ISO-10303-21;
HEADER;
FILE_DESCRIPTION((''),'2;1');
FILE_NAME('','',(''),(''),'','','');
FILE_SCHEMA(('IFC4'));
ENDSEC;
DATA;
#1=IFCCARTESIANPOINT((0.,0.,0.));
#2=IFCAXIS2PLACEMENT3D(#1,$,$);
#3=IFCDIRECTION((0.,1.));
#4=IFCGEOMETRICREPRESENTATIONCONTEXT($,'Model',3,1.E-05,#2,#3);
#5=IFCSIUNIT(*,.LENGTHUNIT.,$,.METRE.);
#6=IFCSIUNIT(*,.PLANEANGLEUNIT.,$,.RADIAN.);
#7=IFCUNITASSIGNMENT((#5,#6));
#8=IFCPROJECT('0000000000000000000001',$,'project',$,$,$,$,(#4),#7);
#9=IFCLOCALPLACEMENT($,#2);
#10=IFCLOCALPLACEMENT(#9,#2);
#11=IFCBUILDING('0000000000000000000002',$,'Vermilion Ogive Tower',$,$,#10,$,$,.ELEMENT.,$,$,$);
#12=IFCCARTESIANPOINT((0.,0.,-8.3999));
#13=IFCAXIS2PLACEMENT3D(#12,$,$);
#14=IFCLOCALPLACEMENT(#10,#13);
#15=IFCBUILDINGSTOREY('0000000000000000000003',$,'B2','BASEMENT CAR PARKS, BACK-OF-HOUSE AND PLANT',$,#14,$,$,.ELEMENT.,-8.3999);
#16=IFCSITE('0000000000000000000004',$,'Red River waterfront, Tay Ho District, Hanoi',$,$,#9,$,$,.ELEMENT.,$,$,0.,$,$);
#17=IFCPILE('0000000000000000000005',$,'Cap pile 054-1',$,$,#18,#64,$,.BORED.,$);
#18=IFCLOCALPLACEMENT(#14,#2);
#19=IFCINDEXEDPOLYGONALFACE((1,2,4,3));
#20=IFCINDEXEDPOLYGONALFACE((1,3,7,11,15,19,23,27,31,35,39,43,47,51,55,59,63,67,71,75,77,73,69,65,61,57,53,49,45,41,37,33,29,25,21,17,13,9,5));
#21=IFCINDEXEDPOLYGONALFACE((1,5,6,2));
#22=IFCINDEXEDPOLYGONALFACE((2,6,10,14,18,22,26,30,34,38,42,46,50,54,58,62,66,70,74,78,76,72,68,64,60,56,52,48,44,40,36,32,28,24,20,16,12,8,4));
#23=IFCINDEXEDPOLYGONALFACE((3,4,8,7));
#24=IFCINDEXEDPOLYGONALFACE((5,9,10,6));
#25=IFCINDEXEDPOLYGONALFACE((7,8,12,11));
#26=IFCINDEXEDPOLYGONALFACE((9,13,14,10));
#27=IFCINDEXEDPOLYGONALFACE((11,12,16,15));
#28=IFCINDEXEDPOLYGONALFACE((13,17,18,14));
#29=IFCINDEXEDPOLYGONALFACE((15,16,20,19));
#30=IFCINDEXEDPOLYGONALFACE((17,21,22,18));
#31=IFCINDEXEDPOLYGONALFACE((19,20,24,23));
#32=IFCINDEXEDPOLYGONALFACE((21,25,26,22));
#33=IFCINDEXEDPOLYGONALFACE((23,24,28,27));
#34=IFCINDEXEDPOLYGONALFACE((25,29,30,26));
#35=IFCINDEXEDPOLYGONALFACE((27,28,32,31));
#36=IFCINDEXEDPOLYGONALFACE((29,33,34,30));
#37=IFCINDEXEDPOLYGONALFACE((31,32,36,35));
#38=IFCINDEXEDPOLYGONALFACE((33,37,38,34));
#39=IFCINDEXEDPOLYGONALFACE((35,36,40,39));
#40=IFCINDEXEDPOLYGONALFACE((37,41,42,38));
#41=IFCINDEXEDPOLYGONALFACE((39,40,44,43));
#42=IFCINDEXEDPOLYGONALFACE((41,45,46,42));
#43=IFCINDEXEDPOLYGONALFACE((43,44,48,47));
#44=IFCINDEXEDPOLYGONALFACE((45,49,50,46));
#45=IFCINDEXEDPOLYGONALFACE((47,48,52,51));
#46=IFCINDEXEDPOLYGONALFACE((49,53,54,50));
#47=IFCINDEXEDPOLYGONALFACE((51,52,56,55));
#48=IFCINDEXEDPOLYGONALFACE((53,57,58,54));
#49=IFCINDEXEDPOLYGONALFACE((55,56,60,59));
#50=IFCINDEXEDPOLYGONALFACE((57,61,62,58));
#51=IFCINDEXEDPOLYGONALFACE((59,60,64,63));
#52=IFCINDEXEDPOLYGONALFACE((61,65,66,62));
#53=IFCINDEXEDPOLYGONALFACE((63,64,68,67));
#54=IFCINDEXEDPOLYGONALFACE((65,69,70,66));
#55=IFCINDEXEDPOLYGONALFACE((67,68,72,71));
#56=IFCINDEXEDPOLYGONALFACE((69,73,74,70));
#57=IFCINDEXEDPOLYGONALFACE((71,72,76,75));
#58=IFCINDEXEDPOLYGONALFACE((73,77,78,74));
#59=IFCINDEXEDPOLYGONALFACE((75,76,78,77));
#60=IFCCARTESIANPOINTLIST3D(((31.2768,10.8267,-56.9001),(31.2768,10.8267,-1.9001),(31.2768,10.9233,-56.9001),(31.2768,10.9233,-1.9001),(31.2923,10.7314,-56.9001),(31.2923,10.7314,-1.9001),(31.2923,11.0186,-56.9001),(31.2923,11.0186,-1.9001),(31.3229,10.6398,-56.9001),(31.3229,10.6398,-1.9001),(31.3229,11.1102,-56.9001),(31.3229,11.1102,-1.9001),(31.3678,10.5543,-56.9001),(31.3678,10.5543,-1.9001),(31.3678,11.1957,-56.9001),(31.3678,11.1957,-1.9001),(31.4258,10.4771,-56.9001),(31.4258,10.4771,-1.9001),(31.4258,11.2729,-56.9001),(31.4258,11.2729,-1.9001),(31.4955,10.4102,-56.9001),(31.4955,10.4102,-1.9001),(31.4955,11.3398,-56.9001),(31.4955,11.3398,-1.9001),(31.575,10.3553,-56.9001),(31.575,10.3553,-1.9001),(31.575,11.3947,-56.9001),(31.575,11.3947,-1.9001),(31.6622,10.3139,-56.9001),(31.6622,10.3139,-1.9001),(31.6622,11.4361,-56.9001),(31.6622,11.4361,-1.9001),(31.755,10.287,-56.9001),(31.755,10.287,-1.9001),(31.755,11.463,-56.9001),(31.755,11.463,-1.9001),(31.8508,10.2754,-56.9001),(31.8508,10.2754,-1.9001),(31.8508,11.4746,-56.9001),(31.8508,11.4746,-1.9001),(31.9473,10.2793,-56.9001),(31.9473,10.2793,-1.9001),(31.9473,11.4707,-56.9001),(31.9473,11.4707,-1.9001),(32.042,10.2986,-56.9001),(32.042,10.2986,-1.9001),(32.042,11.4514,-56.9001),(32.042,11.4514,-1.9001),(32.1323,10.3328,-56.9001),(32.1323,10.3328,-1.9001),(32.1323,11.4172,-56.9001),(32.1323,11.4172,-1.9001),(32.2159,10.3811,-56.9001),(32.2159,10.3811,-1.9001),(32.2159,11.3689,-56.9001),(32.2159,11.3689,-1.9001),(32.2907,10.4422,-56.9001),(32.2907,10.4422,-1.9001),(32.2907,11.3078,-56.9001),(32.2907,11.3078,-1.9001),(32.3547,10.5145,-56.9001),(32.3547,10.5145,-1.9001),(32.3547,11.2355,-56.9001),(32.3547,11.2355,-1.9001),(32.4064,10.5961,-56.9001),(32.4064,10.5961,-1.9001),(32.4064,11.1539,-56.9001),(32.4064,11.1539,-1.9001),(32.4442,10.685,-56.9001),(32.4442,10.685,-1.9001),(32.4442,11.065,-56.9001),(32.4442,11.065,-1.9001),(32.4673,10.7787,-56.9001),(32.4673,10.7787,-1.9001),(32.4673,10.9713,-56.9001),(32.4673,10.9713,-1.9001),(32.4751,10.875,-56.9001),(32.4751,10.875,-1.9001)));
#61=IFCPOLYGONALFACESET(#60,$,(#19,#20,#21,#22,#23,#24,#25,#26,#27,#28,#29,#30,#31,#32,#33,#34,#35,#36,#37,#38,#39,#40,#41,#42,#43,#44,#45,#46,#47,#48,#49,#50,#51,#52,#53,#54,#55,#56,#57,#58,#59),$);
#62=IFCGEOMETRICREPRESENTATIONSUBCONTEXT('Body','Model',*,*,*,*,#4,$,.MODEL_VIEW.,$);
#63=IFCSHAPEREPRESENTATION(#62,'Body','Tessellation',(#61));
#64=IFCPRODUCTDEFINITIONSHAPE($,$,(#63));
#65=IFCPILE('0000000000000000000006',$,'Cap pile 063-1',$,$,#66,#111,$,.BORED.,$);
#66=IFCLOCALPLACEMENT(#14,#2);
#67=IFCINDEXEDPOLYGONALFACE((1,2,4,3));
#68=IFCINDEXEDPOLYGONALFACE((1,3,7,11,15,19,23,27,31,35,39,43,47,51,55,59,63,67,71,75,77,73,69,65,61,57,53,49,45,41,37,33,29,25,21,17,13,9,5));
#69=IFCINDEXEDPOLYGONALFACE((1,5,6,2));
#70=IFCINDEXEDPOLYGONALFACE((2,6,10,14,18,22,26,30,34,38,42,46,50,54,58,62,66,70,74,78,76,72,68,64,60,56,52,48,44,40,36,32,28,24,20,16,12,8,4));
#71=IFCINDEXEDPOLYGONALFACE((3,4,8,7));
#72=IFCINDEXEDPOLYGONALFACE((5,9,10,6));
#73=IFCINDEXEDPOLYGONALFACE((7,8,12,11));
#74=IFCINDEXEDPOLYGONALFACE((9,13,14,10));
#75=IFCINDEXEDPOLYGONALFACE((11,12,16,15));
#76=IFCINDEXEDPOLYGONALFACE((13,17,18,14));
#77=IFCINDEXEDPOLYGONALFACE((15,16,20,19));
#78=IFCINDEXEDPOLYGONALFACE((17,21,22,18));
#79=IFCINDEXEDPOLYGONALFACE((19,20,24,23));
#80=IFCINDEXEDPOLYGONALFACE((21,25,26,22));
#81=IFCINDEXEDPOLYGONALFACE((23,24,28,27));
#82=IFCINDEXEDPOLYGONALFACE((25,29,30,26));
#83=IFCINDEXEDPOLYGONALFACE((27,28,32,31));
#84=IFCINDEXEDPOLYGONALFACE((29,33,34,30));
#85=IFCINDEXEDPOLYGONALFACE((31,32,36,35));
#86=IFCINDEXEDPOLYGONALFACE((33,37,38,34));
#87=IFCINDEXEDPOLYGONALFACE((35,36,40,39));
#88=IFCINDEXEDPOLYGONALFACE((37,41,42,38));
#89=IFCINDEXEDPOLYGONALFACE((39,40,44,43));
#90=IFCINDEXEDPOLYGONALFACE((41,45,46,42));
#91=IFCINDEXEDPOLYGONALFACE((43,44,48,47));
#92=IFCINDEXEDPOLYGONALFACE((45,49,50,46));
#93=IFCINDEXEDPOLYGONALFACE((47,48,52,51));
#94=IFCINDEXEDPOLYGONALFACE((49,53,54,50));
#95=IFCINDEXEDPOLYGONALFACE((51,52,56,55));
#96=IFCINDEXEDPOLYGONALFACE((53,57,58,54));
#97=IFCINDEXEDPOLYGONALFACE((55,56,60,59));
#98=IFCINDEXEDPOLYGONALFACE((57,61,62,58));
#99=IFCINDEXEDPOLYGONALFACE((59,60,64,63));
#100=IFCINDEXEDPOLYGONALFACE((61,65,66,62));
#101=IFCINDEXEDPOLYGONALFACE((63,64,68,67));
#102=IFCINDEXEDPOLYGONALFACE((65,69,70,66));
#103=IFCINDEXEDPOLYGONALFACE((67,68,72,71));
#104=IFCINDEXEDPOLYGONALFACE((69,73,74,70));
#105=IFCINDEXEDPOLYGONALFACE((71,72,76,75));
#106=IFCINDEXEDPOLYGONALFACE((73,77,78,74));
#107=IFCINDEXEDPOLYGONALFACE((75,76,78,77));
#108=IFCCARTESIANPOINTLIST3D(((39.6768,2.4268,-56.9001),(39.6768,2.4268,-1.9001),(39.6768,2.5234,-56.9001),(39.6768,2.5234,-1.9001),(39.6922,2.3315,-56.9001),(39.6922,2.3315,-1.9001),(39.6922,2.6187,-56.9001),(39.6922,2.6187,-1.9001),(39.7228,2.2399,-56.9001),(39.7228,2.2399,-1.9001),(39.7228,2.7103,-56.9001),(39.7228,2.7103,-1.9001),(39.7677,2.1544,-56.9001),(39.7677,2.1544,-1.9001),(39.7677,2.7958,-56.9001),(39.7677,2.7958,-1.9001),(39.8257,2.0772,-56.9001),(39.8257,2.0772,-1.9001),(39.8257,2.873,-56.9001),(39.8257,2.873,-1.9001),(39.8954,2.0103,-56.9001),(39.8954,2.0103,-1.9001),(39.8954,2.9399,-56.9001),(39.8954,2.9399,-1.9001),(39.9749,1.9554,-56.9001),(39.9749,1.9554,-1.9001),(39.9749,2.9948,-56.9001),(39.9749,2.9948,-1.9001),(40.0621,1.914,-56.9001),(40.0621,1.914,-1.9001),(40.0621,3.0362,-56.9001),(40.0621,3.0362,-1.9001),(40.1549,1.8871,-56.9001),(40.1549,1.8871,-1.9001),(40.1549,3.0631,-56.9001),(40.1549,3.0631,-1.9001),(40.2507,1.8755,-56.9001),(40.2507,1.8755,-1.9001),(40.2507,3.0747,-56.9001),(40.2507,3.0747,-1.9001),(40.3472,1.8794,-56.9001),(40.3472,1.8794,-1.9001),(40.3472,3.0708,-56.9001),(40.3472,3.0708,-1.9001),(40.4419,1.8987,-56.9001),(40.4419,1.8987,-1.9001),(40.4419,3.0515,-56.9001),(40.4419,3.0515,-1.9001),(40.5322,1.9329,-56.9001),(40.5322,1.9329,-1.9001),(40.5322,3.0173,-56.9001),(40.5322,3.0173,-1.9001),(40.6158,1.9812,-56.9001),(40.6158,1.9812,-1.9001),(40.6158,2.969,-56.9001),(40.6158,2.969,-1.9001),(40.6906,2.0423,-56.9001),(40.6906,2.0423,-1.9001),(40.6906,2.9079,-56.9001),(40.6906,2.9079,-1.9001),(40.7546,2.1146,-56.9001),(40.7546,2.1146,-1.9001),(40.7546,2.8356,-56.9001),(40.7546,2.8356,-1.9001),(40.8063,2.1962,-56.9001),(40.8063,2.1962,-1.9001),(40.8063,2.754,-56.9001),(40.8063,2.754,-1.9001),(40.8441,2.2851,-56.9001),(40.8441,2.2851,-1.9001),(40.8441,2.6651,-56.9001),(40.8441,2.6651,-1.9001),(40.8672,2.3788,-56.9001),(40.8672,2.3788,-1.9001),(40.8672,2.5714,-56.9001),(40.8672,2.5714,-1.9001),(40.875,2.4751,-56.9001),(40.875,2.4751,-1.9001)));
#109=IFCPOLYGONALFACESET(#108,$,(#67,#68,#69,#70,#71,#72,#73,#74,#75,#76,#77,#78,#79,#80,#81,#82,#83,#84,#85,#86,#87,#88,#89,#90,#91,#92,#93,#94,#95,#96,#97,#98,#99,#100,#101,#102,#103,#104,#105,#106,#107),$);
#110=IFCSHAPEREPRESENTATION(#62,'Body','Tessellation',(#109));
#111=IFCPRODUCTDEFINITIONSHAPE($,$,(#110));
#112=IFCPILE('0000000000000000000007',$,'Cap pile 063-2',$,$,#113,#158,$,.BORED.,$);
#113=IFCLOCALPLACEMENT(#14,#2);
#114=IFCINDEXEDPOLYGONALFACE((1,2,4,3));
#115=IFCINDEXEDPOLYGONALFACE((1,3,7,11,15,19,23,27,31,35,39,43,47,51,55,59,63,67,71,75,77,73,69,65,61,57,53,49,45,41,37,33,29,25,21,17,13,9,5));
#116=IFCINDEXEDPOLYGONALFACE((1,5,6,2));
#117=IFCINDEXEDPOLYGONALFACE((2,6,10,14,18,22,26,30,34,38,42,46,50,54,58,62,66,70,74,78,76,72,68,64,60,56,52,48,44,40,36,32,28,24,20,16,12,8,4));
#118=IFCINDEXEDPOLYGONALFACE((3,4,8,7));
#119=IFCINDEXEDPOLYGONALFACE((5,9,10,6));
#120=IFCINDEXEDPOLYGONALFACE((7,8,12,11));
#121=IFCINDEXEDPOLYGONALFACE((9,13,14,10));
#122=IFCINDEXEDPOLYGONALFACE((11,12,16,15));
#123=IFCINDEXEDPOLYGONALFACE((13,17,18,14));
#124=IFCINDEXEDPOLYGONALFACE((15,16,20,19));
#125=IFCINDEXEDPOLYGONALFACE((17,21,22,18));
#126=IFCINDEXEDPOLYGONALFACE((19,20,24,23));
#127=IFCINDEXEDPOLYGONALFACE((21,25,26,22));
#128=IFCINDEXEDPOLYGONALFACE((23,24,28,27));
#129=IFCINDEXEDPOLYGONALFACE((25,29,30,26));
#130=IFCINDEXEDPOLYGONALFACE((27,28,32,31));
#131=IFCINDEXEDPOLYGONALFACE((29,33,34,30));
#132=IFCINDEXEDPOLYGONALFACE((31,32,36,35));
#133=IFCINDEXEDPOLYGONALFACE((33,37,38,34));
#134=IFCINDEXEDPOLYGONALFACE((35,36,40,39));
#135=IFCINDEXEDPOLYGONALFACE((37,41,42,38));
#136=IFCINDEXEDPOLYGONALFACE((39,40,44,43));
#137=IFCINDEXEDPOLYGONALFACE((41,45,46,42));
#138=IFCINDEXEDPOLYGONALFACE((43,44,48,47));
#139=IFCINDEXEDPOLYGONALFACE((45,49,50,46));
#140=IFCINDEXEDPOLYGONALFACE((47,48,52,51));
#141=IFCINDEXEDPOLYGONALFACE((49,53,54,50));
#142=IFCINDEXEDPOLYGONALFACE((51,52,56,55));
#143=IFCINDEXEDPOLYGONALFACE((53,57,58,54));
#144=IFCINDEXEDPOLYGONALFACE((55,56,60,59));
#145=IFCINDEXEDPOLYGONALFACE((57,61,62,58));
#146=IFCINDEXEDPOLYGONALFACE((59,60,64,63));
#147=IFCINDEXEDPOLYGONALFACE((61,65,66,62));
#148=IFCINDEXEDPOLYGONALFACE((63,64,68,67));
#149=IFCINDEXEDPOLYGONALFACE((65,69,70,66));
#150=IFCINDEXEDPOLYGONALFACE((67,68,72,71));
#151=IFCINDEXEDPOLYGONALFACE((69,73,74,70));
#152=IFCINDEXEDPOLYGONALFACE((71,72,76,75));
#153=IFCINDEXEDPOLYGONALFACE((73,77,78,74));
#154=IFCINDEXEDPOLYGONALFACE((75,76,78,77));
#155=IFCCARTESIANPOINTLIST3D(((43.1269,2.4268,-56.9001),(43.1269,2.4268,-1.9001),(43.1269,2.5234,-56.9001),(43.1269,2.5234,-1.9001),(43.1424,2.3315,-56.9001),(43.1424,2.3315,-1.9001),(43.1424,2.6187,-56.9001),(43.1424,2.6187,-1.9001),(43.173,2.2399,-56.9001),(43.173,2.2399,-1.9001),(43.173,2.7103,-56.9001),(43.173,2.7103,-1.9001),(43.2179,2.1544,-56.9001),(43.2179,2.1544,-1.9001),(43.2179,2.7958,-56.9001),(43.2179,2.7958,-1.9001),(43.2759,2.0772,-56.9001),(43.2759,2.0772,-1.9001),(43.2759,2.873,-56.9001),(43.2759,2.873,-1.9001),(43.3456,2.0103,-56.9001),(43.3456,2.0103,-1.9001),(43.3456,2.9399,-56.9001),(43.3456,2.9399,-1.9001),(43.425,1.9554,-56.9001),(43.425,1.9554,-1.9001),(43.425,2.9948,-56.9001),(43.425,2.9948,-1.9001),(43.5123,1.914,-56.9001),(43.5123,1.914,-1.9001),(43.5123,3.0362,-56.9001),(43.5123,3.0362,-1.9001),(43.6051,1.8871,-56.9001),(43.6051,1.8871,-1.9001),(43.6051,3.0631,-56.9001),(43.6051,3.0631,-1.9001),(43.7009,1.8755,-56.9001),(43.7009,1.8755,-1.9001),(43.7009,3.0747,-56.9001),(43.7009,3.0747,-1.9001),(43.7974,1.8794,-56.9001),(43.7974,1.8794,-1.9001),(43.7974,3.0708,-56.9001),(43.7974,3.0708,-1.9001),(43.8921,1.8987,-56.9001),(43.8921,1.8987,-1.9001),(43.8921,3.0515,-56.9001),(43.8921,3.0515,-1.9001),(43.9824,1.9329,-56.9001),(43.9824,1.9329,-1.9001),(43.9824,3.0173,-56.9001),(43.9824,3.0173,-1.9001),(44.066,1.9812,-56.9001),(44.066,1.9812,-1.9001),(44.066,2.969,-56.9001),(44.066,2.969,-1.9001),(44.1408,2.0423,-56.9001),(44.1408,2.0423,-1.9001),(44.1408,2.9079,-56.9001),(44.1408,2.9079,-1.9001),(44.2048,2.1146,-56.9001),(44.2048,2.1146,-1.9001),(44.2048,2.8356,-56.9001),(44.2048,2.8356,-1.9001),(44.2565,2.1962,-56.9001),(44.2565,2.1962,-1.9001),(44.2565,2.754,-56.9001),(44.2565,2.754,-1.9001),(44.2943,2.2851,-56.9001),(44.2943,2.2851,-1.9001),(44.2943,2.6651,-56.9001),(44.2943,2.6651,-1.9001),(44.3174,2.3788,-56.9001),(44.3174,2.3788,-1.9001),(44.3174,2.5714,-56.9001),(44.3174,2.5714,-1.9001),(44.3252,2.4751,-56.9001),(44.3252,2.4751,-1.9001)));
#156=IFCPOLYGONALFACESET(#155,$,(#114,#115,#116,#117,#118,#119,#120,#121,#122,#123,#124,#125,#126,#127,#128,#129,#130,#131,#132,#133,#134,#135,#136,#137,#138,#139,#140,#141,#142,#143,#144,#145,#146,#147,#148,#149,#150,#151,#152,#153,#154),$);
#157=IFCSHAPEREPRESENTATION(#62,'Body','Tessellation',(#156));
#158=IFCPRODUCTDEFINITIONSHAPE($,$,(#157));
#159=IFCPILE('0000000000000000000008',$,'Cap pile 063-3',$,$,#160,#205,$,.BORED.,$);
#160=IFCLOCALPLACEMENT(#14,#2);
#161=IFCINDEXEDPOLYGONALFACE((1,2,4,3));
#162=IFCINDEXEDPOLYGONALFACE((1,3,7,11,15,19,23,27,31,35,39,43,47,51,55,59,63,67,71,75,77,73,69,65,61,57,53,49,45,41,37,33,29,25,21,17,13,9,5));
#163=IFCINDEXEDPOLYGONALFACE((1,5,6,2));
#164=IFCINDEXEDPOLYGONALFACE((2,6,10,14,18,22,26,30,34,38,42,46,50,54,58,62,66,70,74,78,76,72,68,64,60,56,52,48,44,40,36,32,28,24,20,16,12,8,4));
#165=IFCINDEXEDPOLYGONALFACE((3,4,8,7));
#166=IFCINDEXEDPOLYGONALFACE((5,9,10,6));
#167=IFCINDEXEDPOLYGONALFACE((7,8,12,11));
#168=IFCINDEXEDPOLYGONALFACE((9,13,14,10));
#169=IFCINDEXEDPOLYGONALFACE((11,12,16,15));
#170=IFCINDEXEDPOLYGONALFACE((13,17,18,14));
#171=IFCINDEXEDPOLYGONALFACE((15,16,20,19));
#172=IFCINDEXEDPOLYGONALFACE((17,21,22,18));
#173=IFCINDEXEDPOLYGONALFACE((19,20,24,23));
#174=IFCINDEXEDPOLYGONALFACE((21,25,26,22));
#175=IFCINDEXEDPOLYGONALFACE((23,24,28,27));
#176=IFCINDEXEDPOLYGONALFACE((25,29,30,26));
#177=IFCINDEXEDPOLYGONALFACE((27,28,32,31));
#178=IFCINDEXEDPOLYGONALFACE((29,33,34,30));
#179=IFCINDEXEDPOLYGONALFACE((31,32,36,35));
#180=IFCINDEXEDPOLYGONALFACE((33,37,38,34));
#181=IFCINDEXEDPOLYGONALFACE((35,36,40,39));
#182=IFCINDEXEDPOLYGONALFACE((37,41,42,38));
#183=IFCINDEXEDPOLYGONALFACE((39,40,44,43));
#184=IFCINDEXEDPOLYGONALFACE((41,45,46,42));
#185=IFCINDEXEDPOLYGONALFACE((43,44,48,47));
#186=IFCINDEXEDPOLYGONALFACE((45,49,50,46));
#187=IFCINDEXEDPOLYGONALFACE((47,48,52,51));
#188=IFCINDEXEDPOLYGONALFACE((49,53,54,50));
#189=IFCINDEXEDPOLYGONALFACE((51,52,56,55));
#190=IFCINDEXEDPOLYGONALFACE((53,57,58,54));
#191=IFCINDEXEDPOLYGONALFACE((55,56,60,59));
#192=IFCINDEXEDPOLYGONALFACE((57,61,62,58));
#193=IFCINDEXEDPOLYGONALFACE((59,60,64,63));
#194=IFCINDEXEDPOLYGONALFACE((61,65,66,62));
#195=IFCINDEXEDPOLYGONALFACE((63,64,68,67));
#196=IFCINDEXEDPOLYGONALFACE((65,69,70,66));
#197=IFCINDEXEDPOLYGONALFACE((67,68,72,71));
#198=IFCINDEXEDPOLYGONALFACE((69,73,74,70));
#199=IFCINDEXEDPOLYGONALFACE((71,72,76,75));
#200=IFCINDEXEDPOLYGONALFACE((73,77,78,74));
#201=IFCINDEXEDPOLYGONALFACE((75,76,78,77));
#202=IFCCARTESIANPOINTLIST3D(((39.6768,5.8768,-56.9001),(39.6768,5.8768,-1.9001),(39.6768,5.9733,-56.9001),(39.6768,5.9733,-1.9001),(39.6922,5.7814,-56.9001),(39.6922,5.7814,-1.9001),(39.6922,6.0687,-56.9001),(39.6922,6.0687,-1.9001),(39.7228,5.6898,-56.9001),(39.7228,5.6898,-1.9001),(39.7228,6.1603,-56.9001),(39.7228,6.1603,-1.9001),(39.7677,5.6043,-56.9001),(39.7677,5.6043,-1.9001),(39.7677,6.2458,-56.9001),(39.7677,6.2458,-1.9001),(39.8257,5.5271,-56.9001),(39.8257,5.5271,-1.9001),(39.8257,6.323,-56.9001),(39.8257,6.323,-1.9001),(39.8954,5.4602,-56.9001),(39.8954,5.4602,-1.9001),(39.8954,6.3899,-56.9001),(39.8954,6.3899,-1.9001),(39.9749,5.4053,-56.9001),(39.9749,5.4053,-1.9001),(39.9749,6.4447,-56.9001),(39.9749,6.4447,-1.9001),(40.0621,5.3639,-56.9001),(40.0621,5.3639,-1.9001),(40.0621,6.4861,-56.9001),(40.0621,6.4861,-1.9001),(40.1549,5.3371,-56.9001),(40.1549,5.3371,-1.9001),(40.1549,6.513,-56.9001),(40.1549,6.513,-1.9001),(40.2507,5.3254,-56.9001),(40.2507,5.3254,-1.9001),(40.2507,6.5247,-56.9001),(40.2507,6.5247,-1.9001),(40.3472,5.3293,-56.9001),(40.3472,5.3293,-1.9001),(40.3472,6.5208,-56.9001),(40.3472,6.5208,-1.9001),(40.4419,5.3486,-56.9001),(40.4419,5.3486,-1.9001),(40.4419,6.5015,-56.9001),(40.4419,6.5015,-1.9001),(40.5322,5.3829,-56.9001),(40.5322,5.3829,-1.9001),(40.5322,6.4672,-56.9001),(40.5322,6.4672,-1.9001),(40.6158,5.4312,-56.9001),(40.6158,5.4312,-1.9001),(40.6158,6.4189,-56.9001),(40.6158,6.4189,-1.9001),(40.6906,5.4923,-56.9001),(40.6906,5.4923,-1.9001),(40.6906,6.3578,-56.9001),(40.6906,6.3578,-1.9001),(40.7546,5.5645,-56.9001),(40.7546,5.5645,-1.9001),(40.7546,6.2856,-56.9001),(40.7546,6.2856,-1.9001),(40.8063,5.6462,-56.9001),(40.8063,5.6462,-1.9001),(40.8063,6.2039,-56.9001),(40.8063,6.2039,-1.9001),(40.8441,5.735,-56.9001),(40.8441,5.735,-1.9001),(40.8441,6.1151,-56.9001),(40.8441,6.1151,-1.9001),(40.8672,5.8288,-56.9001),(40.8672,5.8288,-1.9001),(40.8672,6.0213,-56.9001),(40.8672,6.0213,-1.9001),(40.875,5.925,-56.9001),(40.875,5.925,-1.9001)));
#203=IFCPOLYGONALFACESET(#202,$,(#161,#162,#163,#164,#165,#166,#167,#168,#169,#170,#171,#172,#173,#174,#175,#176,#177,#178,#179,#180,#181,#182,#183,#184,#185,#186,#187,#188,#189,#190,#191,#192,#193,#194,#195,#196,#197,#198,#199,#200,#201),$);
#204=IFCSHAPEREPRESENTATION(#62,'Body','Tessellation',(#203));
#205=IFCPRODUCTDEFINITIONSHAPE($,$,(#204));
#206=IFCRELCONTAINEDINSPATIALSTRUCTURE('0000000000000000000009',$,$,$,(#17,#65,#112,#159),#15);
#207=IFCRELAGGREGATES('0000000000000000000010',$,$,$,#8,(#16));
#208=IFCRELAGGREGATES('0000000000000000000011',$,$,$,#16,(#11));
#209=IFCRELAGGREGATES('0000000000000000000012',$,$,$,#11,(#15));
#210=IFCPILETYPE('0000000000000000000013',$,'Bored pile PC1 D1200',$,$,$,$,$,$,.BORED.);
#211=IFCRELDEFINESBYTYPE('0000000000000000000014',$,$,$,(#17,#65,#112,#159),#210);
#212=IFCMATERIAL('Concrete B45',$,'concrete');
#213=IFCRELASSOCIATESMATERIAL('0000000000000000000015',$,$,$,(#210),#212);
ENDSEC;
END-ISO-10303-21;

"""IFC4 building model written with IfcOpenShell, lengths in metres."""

from ifc_helpers import new_model, si_unit, direction, frame, origin, origin_2d, place, context, subcontext, project, spatial, circle, extrude, material, type_object, element, save


model = new_model("IFC4")

# Units and contexts
model_context = context("Model", 3, precision=1e-05, world=origin(), true_north=direction((0.0, 1.0)))
body_context = subcontext(model_context, "Body", "Model", "MODEL_VIEW")
ifc_project = project(units=[si_unit("LENGTHUNIT", "METRE"), si_unit("PLANEANGLEUNIT", "RADIAN")], contexts=[model_context])

# Site, building, storey
site_placement = place(None, origin())
site = spatial("IfcSite", under=ifc_project, at=site_placement, Name="Red River waterfront, Tay Ho District, Hanoi", CompositionType="ELEMENT", RefElevation=0.0)
building_placement = place(site_placement, origin())
building = spatial("IfcBuilding", under=site, at=building_placement, Name="Vermilion Ogive Tower", CompositionType="ELEMENT")
storey_placement = place(building_placement, frame((0.0, 0.0, -8.3999)))
storey = spatial("IfcBuildingStorey", under=building, at=storey_placement, Name="B2", Description="BASEMENT CAR PARKS, BACK-OF-HOUSE AND PLANT", CompositionType="ELEMENT", Elevation=-8.3999)

# Piles
ifc_material_1 = material(Name="Concrete B45", Category="concrete")
pile_type = type_object("IfcPileType", Name="Bored pile PC1 D1200", PredefinedType="BORED", material=ifc_material_1)
for number, where, z_axis, x_axis, name in (
    (1, (31.875, 10.875, -1.9001), (0.0, 0.0, -1.0), (1.0, 0.0, 0.0), "Cap pile 054-1"),
    (2, (40.2749, 2.4751, -1.9001), (0.0, 0.0, -1.0), (1.0, 0.0, 0.0), "Cap pile 063-1"),
    (3, (43.7251, 2.4751, -1.9001), (0.0, 0.0, -1.0), (1.0, 0.0, 0.0), "Cap pile 063-2"),
    (4, (40.2749, 5.925, -1.9001), (0.0, 0.0, -1.0), (1.0, 0.0, 0.0), "Cap pile 063-3"),
):
    element("IfcPile", number, at=place(storey_placement, frame(where, z_axis=z_axis, x_axis=x_axis)), inside=storey, type_object=pile_type, Name=name, PredefinedType="BORED", context=body_context, shape_type="SweptSolid", body=[
        extrude(circle(Radius=0.6001, at=origin_2d()), origin(), (0.0, 0.0, 1.0), 55.0),
    ])

save(model, "model.ifc")
